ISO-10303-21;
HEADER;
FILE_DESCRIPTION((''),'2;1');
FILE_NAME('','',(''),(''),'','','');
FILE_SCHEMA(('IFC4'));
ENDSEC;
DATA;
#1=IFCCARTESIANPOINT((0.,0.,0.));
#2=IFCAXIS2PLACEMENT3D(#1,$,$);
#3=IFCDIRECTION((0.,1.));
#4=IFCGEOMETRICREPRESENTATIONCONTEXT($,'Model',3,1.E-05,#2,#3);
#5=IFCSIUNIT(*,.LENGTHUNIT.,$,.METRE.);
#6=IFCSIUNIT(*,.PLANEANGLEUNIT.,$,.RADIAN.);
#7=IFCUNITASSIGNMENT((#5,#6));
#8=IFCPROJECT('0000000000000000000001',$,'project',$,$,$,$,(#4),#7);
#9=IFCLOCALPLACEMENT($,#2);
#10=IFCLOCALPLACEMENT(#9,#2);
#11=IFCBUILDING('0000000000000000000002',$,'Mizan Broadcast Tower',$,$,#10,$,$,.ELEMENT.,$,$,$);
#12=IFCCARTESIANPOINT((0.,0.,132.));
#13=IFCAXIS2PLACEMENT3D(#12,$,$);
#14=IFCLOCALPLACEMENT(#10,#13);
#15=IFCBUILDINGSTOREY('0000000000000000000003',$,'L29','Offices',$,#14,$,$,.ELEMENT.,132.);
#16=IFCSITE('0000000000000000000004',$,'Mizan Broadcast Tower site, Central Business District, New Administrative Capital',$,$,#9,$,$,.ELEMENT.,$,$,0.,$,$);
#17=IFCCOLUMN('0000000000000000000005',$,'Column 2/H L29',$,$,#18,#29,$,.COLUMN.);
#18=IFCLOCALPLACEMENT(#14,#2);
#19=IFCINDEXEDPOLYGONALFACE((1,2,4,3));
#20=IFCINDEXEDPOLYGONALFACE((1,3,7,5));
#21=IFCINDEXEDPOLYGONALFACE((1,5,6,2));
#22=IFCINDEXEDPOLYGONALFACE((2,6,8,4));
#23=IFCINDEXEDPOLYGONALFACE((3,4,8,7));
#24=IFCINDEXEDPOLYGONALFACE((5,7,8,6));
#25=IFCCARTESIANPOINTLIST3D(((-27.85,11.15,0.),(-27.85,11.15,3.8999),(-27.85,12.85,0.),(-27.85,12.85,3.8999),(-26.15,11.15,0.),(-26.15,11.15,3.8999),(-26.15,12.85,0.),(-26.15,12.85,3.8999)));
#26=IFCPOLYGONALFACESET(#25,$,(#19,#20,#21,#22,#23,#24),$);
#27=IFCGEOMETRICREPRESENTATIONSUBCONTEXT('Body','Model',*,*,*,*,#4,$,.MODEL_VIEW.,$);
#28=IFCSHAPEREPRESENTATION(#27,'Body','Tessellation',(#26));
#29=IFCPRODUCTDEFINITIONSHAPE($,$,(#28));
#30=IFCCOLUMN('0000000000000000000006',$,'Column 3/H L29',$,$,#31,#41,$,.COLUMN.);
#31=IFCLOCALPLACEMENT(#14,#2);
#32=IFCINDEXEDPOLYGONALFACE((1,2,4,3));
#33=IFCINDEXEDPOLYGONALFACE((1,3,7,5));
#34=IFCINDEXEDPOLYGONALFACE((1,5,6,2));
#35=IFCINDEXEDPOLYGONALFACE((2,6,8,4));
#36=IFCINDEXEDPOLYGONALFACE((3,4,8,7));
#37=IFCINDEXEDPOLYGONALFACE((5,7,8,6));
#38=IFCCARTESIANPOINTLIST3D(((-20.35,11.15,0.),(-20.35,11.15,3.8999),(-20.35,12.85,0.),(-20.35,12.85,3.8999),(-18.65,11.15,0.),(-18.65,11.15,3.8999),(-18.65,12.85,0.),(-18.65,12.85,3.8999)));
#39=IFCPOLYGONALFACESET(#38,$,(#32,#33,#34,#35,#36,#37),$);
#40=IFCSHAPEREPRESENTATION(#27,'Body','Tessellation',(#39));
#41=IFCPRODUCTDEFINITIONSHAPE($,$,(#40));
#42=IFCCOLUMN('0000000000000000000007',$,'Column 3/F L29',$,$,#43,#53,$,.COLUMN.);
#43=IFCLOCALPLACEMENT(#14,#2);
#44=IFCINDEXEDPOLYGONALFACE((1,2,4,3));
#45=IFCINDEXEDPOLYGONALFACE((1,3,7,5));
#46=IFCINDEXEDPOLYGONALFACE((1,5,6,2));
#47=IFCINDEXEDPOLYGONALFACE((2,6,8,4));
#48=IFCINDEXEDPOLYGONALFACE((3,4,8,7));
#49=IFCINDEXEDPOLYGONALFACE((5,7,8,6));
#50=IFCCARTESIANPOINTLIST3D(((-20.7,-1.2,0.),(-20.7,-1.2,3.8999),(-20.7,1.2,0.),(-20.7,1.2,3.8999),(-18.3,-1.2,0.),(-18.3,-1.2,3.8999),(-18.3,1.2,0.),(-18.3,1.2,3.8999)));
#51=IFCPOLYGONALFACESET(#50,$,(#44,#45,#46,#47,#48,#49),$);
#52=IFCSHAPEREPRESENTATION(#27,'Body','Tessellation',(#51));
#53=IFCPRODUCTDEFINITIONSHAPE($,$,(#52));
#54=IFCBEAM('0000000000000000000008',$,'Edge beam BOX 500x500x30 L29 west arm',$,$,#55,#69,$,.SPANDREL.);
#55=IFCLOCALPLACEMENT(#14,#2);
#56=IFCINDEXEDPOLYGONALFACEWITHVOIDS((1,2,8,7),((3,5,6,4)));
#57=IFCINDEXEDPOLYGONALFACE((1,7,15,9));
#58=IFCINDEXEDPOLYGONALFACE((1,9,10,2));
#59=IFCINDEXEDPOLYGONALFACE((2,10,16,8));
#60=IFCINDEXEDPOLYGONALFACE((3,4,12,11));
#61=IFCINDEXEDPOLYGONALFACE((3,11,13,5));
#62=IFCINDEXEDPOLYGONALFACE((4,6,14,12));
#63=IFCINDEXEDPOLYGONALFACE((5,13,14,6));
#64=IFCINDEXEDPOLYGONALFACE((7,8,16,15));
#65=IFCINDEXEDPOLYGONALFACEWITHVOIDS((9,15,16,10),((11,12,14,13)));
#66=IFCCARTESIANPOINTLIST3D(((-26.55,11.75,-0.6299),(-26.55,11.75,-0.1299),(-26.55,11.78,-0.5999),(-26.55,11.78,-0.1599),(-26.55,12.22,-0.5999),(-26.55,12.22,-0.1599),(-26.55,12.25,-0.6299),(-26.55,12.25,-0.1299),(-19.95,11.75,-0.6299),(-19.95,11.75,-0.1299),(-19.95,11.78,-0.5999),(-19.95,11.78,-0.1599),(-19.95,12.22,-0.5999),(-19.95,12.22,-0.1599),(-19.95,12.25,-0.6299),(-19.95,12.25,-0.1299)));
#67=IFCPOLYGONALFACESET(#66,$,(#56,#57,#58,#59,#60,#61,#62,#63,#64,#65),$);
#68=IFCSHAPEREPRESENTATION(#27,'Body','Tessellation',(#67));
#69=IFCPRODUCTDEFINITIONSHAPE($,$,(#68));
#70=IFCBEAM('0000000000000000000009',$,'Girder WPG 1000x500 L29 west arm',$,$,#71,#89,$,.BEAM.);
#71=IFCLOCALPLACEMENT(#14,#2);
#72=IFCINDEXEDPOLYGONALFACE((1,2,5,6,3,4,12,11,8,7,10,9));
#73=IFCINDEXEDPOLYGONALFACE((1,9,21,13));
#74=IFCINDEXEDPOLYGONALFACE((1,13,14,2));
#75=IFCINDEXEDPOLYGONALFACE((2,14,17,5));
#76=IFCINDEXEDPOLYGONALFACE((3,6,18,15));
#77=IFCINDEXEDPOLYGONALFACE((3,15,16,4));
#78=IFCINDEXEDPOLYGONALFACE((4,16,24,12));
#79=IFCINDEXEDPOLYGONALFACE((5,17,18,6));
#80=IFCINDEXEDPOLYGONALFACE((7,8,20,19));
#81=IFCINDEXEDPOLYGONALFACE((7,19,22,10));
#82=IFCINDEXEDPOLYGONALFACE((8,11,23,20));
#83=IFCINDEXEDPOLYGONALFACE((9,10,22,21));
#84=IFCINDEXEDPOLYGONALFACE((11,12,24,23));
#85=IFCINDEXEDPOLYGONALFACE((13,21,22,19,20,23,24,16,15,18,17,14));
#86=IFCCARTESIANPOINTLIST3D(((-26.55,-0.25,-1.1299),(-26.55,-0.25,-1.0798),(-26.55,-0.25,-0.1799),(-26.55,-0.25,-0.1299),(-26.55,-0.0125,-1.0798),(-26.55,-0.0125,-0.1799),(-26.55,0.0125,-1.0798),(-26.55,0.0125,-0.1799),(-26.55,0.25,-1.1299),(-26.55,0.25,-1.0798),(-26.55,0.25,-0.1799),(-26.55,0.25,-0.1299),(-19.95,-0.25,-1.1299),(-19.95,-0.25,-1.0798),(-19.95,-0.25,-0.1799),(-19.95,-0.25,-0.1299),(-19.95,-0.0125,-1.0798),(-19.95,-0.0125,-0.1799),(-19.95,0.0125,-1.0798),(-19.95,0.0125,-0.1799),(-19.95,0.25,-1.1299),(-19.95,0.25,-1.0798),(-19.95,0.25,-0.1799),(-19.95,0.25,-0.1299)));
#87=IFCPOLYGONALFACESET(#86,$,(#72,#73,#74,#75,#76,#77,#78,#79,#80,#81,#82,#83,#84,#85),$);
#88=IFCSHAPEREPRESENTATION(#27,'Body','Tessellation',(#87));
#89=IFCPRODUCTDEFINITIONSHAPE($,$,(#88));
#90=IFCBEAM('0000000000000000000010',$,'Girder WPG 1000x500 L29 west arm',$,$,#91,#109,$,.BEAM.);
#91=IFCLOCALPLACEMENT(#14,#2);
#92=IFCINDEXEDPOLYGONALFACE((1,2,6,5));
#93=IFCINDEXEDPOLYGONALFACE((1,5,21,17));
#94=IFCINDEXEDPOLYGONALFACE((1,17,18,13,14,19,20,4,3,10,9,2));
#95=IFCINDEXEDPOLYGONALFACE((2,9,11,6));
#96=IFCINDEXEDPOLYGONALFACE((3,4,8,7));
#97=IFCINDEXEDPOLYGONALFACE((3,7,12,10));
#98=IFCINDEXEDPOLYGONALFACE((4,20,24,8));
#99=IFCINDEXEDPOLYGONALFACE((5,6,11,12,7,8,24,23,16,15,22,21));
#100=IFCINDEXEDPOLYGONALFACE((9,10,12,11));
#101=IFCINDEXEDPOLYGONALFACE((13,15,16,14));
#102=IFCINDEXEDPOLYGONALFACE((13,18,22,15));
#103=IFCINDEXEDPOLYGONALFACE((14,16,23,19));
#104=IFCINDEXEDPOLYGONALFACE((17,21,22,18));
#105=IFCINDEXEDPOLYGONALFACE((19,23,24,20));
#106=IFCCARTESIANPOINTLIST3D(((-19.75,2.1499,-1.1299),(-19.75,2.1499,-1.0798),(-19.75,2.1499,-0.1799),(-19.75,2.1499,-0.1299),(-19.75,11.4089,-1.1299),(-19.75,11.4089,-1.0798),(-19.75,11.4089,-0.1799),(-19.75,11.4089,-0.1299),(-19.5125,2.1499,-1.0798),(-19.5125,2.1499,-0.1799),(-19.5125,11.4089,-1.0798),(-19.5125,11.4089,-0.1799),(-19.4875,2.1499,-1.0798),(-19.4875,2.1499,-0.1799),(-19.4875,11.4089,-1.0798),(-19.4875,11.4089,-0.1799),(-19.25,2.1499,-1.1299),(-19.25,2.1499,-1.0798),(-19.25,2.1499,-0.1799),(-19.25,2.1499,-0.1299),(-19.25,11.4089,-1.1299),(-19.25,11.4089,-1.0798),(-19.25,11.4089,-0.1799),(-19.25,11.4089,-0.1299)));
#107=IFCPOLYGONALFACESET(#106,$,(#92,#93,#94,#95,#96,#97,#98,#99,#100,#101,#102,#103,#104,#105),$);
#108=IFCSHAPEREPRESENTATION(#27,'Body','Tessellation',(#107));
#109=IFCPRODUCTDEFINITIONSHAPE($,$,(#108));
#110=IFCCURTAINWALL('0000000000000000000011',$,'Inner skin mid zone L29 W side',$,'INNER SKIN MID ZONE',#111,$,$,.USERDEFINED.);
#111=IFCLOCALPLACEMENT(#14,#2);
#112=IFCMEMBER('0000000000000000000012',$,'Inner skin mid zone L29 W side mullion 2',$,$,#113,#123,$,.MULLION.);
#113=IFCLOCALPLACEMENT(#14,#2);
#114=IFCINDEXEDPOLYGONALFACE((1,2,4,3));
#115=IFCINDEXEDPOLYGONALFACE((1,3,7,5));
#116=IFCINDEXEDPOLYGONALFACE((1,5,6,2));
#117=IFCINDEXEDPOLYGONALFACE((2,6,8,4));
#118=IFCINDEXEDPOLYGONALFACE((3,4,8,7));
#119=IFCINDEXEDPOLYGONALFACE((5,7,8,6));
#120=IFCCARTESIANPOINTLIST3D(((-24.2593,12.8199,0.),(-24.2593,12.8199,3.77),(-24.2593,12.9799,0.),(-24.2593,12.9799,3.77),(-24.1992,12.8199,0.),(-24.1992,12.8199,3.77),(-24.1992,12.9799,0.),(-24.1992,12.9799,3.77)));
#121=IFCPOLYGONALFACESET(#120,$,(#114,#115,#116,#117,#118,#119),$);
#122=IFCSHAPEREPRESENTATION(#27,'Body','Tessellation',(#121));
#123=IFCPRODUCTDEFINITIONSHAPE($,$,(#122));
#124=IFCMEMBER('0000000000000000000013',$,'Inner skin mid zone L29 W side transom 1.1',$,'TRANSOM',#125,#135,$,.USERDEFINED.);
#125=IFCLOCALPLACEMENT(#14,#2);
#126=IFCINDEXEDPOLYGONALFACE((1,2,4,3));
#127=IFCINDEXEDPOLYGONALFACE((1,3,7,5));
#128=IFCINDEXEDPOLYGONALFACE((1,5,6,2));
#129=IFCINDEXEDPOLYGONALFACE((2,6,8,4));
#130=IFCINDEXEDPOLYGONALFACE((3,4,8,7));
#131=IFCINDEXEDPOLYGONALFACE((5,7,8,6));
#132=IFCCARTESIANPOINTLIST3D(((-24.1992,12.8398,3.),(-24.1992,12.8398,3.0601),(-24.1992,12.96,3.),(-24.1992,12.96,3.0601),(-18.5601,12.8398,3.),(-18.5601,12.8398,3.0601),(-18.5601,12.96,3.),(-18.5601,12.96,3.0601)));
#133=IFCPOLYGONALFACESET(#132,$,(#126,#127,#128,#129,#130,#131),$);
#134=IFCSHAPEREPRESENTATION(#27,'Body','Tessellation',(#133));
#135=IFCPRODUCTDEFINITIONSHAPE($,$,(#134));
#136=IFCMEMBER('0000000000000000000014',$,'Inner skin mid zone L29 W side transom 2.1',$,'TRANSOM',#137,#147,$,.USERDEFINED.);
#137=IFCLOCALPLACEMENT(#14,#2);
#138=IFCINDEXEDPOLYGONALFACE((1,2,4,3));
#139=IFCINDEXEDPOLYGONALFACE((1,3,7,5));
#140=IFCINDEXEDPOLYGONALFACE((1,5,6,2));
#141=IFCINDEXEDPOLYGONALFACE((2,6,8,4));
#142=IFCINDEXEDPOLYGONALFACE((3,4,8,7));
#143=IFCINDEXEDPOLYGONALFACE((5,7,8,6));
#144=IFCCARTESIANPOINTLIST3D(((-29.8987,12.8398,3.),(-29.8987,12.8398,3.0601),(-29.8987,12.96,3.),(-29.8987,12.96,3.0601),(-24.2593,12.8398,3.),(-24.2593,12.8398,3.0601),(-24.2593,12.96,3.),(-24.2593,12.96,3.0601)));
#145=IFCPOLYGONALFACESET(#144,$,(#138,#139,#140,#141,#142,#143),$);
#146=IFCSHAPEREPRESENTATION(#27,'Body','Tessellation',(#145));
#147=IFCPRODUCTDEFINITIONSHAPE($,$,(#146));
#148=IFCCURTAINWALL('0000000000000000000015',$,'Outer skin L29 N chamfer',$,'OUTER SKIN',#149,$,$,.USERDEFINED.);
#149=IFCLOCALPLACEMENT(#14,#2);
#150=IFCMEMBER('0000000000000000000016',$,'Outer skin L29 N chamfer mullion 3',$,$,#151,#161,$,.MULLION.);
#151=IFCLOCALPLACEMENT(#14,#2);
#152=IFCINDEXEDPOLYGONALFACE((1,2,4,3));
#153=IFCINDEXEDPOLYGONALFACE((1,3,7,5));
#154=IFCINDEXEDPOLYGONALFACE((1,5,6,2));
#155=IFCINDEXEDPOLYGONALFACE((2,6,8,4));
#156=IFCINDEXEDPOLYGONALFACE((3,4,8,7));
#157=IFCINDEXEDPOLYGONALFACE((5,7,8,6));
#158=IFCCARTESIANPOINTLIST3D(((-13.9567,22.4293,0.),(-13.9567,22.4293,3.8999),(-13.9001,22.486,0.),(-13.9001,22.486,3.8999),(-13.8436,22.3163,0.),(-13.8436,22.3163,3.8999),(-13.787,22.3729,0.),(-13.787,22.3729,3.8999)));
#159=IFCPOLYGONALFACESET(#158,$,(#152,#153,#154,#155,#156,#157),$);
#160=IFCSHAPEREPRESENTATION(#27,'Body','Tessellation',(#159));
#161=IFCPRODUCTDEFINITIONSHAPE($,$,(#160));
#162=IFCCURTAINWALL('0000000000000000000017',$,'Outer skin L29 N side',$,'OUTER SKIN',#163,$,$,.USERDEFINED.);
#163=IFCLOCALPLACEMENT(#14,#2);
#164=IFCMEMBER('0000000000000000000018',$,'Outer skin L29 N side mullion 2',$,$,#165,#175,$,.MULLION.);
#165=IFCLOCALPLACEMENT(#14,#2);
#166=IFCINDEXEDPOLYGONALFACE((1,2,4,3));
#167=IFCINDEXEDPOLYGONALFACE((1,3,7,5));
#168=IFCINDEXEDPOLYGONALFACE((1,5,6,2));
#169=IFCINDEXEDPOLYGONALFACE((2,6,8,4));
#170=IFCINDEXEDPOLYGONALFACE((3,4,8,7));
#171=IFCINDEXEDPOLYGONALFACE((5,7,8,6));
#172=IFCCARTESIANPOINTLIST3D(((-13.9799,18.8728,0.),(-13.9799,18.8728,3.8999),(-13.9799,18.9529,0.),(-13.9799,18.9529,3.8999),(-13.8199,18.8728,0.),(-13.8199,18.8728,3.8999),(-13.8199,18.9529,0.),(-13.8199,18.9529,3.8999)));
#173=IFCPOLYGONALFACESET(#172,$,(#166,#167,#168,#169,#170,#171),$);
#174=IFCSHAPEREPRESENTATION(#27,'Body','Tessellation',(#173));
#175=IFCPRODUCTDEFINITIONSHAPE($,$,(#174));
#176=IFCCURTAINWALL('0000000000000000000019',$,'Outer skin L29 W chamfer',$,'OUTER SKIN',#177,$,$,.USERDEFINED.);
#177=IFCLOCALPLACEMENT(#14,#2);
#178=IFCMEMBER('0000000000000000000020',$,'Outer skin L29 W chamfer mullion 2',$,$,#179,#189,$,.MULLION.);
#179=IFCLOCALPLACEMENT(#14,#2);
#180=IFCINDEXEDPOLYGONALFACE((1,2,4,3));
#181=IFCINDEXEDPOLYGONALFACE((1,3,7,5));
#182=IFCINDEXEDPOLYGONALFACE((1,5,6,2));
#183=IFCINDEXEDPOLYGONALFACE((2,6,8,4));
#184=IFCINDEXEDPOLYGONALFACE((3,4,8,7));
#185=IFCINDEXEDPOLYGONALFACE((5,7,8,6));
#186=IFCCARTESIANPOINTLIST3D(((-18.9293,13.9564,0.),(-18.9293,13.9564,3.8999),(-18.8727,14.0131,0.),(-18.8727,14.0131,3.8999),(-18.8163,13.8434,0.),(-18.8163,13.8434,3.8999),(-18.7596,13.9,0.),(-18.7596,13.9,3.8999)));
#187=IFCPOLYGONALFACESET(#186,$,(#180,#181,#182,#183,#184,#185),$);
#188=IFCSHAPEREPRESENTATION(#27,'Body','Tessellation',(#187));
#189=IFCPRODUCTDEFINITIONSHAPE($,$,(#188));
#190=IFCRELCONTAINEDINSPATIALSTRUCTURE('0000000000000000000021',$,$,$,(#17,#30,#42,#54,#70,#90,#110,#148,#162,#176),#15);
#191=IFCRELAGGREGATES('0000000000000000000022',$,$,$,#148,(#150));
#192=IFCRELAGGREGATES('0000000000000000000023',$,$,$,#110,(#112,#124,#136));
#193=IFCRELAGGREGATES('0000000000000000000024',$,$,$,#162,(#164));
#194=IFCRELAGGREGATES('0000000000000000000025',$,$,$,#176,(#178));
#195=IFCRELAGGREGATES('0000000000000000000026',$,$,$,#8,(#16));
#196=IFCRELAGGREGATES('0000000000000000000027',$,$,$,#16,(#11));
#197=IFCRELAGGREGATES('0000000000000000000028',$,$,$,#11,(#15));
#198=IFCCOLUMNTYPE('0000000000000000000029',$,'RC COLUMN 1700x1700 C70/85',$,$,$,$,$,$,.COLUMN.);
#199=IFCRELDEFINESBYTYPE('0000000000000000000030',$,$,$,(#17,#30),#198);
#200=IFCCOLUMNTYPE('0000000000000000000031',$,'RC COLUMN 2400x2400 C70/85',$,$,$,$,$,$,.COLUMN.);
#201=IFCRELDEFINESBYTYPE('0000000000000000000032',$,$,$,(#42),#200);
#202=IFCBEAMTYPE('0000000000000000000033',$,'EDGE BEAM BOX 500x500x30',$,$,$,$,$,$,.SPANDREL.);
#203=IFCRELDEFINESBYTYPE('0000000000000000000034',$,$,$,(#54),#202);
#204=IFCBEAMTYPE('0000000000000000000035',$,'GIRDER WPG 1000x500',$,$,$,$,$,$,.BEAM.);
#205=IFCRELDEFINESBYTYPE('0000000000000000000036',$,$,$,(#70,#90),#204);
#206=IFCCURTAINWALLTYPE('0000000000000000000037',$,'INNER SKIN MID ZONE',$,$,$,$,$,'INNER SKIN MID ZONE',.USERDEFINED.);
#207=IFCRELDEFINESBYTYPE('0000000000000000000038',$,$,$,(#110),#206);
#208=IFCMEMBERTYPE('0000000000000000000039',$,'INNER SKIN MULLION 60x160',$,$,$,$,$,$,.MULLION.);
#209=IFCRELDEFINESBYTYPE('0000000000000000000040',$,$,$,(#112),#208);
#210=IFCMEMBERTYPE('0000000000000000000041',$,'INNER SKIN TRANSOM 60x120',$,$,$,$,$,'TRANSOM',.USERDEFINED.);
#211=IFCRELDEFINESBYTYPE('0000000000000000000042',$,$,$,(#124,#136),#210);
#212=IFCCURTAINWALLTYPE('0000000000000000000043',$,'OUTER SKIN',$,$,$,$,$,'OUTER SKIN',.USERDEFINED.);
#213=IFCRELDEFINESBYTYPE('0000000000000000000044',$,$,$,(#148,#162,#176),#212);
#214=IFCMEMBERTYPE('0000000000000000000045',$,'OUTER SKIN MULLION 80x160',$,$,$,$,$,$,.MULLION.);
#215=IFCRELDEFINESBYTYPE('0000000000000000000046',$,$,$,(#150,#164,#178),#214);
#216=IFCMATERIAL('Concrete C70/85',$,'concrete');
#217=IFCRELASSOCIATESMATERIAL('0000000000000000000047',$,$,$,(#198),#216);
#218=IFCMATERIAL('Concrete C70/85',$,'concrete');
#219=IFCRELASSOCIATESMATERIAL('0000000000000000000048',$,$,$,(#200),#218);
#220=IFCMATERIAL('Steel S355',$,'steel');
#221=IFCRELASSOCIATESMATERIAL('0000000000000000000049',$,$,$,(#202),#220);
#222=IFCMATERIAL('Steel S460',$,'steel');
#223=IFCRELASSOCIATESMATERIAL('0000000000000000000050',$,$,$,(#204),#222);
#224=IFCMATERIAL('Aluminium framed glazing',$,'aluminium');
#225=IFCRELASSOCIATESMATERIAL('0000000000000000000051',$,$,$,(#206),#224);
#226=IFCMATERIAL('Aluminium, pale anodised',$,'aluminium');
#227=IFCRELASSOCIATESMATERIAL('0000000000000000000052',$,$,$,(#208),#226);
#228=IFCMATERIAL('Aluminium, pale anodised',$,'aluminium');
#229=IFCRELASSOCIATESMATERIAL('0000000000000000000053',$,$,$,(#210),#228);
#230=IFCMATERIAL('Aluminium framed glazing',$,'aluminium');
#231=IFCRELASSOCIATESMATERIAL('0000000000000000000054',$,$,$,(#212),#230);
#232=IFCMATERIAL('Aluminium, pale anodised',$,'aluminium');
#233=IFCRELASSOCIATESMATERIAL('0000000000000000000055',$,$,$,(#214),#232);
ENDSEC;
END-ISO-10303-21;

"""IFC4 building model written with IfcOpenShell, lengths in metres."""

from ifc_helpers import new_model, si_unit, direction, frame, origin, origin_2d, place, context, subcontext, project, spatial, rectangle, hollow_rectangle, i_section, extrude, material, material_profile, profile_set, type_object, element, aggregate, save


model = new_model("IFC4")

# Units and contexts
model_context = context("Model", 3, precision=1e-05, world=origin(), true_north=direction((0.0, 1.0)))
body_context = subcontext(model_context, "Body", "Model", "MODEL_VIEW")
ifc_project = project(units=[si_unit("LENGTHUNIT", "METRE"), si_unit("PLANEANGLEUNIT", "RADIAN")], contexts=[model_context])

# Site, building, storey
site_placement = place(None, origin())
site = spatial("IfcSite", under=ifc_project, at=site_placement, Name="Mizan Broadcast Tower site, Central Business District, New Administrative Capital", CompositionType="ELEMENT", RefElevation=0.0)
building_placement = place(site_placement, origin())
building = spatial("IfcBuilding", under=site, at=building_placement, Name="Mizan Broadcast Tower", CompositionType="ELEMENT")
storey_placement = place(building_placement, frame((0.0, 0.0, 132.0)))
storey = spatial("IfcBuildingStorey", under=building, at=storey_placement, Name="L29", Description="Offices", CompositionType="ELEMENT", Elevation=132.0)

# Columns
ifc_material_1 = material(Name="Concrete C70/85", Category="concrete")
ifc_material_profile_1 = material_profile(ifc_material_1, rectangle(XDim=1.7, YDim=1.7, at=origin_2d()), Name="RC 1700x1700")
ifc_profile_set_1 = profile_set([ifc_material_profile_1], Name="Concrete C70/85")
column_type_1 = type_object("IfcColumnType", Name="RC COLUMN 1700x1700 C70/85", PredefinedType="COLUMN", material=ifc_profile_set_1)
for number, where, z_axis, x_axis, name in (
    (1, (-27.0, 12.0, 0.0), (0.0, 0.0, 1.0), (1.0, 0.0, 0.0), "Column 2/H L29"),
    (2, (-19.5, 12.0, 0.0), (0.0, 0.0, 1.0), (1.0, 0.0, 0.0), "Column 3/H L29"),
):
    element("IfcColumn", number, at=place(storey_placement, frame(where, z_axis=z_axis, x_axis=x_axis)), inside=storey, type_object=column_type_1, Name=name, PredefinedType="COLUMN", context=body_context, shape_type="SweptSolid", body=[
        extrude(rectangle(XDim=1.7, YDim=1.7, at=origin_2d()), origin(), (0.0, 0.0, 1.0), 3.8999),
    ])
ifc_material_2 = material(Name="Concrete C70/85", Category="concrete")
ifc_material_profile_2 = material_profile(ifc_material_2, rectangle(XDim=2.3999, YDim=2.3999, at=origin_2d()), Name="RC 2400x2400")
ifc_profile_set_2 = profile_set([ifc_material_profile_2], Name="Concrete C70/85")
column_type_2 = type_object("IfcColumnType", Name="RC COLUMN 2400x2400 C70/85", PredefinedType="COLUMN", material=ifc_profile_set_2)
column_placement = place(storey_placement, frame((-19.5, 0.0, 0.0), z_axis=(0.0, 0.0, 1.0), x_axis=(1.0, 0.0, 0.0)))
element("IfcColumn", 3, at=column_placement, inside=storey, type_object=column_type_2, Name="Column 3/F L29", PredefinedType="COLUMN", context=body_context, shape_type="SweptSolid", body=[
    extrude(rectangle(XDim=2.3999, YDim=2.3999, at=origin_2d()), origin(), (0.0, 0.0, 1.0), 3.8999),
])

# Beams
ifc_material_3 = material(Name="Steel S355", Category="steel")
ifc_material_profile_3 = material_profile(ifc_material_3, hollow_rectangle(XDim=0.5, YDim=0.5, WallThickness=0.03, at=origin_2d()), Name="BOX 500x500x30")
ifc_profile_set_3 = profile_set([ifc_material_profile_3], Name="Steel S355")
beam_type_1 = type_object("IfcBeamType", Name="EDGE BEAM BOX 500x500x30", PredefinedType="SPANDREL", material=ifc_profile_set_3)
beam_1_placement = place(storey_placement, frame((-19.95, 12.0, -0.3799), z_axis=(-1.0, 0.0, 0.0), x_axis=(0.0, -1.0, 0.0)))
element("IfcBeam", 4, at=beam_1_placement, inside=storey, type_object=beam_type_1, Name="Edge beam BOX 500x500x30 L29 west arm", PredefinedType="SPANDREL", context=body_context, shape_type="SweptSolid", body=[
    extrude(hollow_rectangle(XDim=0.5, YDim=0.5, WallThickness=0.03, at=origin_2d()), origin(), (0.0, 0.0, 1.0), 6.6001),
])
ifc_material_4 = material(Name="Steel S460", Category="steel")
ifc_material_profile_4 = material_profile(ifc_material_4, i_section(OverallWidth=0.5, OverallDepth=1.0, WebThickness=0.0249, FlangeThickness=0.05, at=origin_2d()), Name="WPG 1000x500")
ifc_profile_set_4 = profile_set([ifc_material_profile_4], Name="Steel S460")
beam_type_2 = type_object("IfcBeamType", Name="GIRDER WPG 1000x500", PredefinedType="BEAM", material=ifc_profile_set_4)
beam_2_placement = place(storey_placement, frame((-19.95, 0.0, -0.6299), z_axis=(-1.0, 0.0, 0.0), x_axis=(0.0, -1.0, 0.0)))
element("IfcBeam", 5, at=beam_2_placement, inside=storey, type_object=beam_type_2, Name="Girder WPG 1000x500 L29 west arm", PredefinedType="BEAM", context=body_context, shape_type="SweptSolid", body=[
    extrude(i_section(OverallWidth=0.5, OverallDepth=1.0, WebThickness=0.0249, FlangeThickness=0.05, at=origin_2d()), origin(), (0.0, 0.0, 1.0), 6.6001),
])
beam_3_placement = place(storey_placement, frame((-19.5, 11.4089, -0.6299), z_axis=(0.0, -1.0, 0.0), x_axis=(1.0, 0.0, 0.0)))
element("IfcBeam", 6, at=beam_3_placement, inside=storey, type_object=beam_type_2, Name="Girder WPG 1000x500 L29 west arm", PredefinedType="BEAM", context=body_context, shape_type="SweptSolid", body=[
    extrude(i_section(OverallWidth=0.5, OverallDepth=1.0, WebThickness=0.0249, FlangeThickness=0.05, at=origin_2d()), origin(), (0.0, 0.0, 1.0), 9.259),
])

# Curtain wall, members
ifc_material_5 = material(Name="Aluminium framed glazing", Category="aluminium")
curtain_wall_type_1 = type_object("IfcCurtainWallType", Name="INNER SKIN MID ZONE", ElementType="INNER SKIN MID ZONE", PredefinedType="USERDEFINED", material=ifc_material_5)
curtain_wall_1_placement = place(storey_placement, origin())
curtain_wall_1 = element("IfcCurtainWall", 7, at=curtain_wall_1_placement, inside=storey, type_object=curtain_wall_type_1, Name="Inner skin mid zone L29 W side", ObjectType="INNER SKIN MID ZONE", PredefinedType="USERDEFINED")
ifc_material_6 = material(Name="Aluminium, pale anodised", Category="aluminium")
ifc_material_profile_5 = material_profile(ifc_material_6, rectangle(XDim=0.1599, YDim=0.0601, at=origin_2d()), Name="MULLION 160x60")
ifc_profile_set_5 = profile_set([ifc_material_profile_5], Name="Aluminium, pale anodised")
member_type_1 = type_object("IfcMemberType", Name="INNER SKIN MULLION 60x160", PredefinedType="MULLION", material=ifc_profile_set_5)
member_1_placement = place(storey_placement, frame((-24.2292, 12.8999, 0.0), z_axis=(0.0, 0.0, 1.0), x_axis=(0.0, -1.0, 0.0)))
member_1 = element("IfcMember", 8, at=member_1_placement, type_object=member_type_1, Name="Inner skin mid zone L29 W side mullion 2", PredefinedType="MULLION", context=body_context, shape_type="SweptSolid", body=[
    extrude(rectangle(XDim=0.1599, YDim=0.0601, at=origin_2d()), origin(), (0.0, 0.0, 1.0), 3.77),
])
ifc_material_7 = material(Name="Aluminium, pale anodised", Category="aluminium")
ifc_material_profile_6 = material_profile(ifc_material_7, rectangle(XDim=0.1201, YDim=0.0601, at=origin_2d()), Name="TRANSOM 120x60")
ifc_profile_set_6 = profile_set([ifc_material_profile_6], Name="Aluminium, pale anodised")
member_type_2 = type_object("IfcMemberType", Name="INNER SKIN TRANSOM 60x120", ElementType="TRANSOM", PredefinedType="USERDEFINED", material=ifc_profile_set_6)
member_2_placement = place(storey_placement, frame((-18.5601, 12.8999, 3.03), z_axis=(-1.0, 0.0, 0.0), x_axis=(0.0, -1.0, 0.0)))
member_2 = element("IfcMember", 9, at=member_2_placement, type_object=member_type_2, Name="Inner skin mid zone L29 W side transom 1.1", ObjectType="TRANSOM", PredefinedType="USERDEFINED", context=body_context, shape_type="SweptSolid", body=[
    extrude(rectangle(XDim=0.1201, YDim=0.0601, at=origin_2d()), origin(), (0.0, 0.0, 1.0), 5.6392),
])
member_3_placement = place(storey_placement, frame((-24.2593, 12.8999, 3.03), z_axis=(-1.0, 0.0, 0.0), x_axis=(0.0, -1.0, 0.0)))
member_3 = element("IfcMember", 10, at=member_3_placement, type_object=member_type_2, Name="Inner skin mid zone L29 W side transom 2.1", ObjectType="TRANSOM", PredefinedType="USERDEFINED", context=body_context, shape_type="SweptSolid", body=[
    extrude(rectangle(XDim=0.1201, YDim=0.0601, at=origin_2d()), origin(), (0.0, 0.0, 1.0), 5.6394),
])

# Curtain walls, members
ifc_material_8 = material(Name="Aluminium framed glazing", Category="aluminium")
curtain_wall_type_2 = type_object("IfcCurtainWallType", Name="OUTER SKIN", ElementType="OUTER SKIN", PredefinedType="USERDEFINED", material=ifc_material_8)
curtain_wall_2_placement = place(storey_placement, origin())
curtain_wall_2 = element("IfcCurtainWall", 11, at=curtain_wall_2_placement, inside=storey, type_object=curtain_wall_type_2, Name="Outer skin L29 N chamfer", ObjectType="OUTER SKIN", PredefinedType="USERDEFINED")
ifc_material_9 = material(Name="Aluminium, pale anodised", Category="aluminium")
ifc_material_profile_7 = material_profile(ifc_material_9, rectangle(XDim=0.1599, YDim=0.0801, at=origin_2d()), Name="MULLION 160x80")
ifc_profile_set_7 = profile_set([ifc_material_profile_7], Name="Aluminium, pale anodised")
member_type_3 = type_object("IfcMemberType", Name="OUTER SKIN MULLION 80x160", PredefinedType="MULLION", material=ifc_profile_set_7)
member_4_placement = place(storey_placement, frame((-13.8718, 22.4011, 0.0), z_axis=(0.0, 0.0, 1.0), x_axis=(0.707107, -0.707107, 0.0)))
member_4 = element("IfcMember", 12, at=member_4_placement, type_object=member_type_3, Name="Outer skin L29 N chamfer mullion 3", PredefinedType="MULLION", context=body_context, shape_type="SweptSolid", body=[
    extrude(rectangle(XDim=0.1599, YDim=0.0801, at=origin_2d()), origin(), (0.0, 0.0, 1.0), 3.8999),
])
aggregate(curtain_wall_2, [member_4])
curtain_wall_3_placement = place(storey_placement, origin())
curtain_wall_3 = element("IfcCurtainWall", 13, at=curtain_wall_3_placement, inside=storey, type_object=curtain_wall_type_2, Name="Outer skin L29 N side", ObjectType="OUTER SKIN", PredefinedType="USERDEFINED")
member_5_placement = place(storey_placement, frame((-13.8999, 18.9128, 0.0), z_axis=(0.0, 0.0, 1.0), x_axis=(1.0, 0.0, 0.0)))
member_5 = element("IfcMember", 14, at=member_5_placement, type_object=member_type_3, Name="Outer skin L29 N side mullion 2", PredefinedType="MULLION", context=body_context, shape_type="SweptSolid", body=[
    extrude(rectangle(XDim=0.1599, YDim=0.0801, at=origin_2d()), origin(), (0.0, 0.0, 1.0), 3.8999),
])
curtain_wall_4_placement = place(storey_placement, origin())
curtain_wall_4 = element("IfcCurtainWall", 15, at=curtain_wall_4_placement, inside=storey, type_object=curtain_wall_type_2, Name="Outer skin L29 W chamfer", ObjectType="OUTER SKIN", PredefinedType="USERDEFINED")
member_6_placement = place(storey_placement, frame((-18.8445, 13.9282, 0.0), z_axis=(0.0, 0.0, 1.0), x_axis=(0.707107, -0.707107, 0.0)))
member_6 = element("IfcMember", 16, at=member_6_placement, type_object=member_type_3, Name="Outer skin L29 W chamfer mullion 2", PredefinedType="MULLION", context=body_context, shape_type="SweptSolid", body=[
    extrude(rectangle(XDim=0.1599, YDim=0.0801, at=origin_2d()), origin(), (0.0, 0.0, 1.0), 3.8999),
])

aggregate(curtain_wall_1, [member_1, member_2, member_3])
aggregate(curtain_wall_3, [member_5])
aggregate(curtain_wall_4, [member_6])

save(model, "model.ifc")
